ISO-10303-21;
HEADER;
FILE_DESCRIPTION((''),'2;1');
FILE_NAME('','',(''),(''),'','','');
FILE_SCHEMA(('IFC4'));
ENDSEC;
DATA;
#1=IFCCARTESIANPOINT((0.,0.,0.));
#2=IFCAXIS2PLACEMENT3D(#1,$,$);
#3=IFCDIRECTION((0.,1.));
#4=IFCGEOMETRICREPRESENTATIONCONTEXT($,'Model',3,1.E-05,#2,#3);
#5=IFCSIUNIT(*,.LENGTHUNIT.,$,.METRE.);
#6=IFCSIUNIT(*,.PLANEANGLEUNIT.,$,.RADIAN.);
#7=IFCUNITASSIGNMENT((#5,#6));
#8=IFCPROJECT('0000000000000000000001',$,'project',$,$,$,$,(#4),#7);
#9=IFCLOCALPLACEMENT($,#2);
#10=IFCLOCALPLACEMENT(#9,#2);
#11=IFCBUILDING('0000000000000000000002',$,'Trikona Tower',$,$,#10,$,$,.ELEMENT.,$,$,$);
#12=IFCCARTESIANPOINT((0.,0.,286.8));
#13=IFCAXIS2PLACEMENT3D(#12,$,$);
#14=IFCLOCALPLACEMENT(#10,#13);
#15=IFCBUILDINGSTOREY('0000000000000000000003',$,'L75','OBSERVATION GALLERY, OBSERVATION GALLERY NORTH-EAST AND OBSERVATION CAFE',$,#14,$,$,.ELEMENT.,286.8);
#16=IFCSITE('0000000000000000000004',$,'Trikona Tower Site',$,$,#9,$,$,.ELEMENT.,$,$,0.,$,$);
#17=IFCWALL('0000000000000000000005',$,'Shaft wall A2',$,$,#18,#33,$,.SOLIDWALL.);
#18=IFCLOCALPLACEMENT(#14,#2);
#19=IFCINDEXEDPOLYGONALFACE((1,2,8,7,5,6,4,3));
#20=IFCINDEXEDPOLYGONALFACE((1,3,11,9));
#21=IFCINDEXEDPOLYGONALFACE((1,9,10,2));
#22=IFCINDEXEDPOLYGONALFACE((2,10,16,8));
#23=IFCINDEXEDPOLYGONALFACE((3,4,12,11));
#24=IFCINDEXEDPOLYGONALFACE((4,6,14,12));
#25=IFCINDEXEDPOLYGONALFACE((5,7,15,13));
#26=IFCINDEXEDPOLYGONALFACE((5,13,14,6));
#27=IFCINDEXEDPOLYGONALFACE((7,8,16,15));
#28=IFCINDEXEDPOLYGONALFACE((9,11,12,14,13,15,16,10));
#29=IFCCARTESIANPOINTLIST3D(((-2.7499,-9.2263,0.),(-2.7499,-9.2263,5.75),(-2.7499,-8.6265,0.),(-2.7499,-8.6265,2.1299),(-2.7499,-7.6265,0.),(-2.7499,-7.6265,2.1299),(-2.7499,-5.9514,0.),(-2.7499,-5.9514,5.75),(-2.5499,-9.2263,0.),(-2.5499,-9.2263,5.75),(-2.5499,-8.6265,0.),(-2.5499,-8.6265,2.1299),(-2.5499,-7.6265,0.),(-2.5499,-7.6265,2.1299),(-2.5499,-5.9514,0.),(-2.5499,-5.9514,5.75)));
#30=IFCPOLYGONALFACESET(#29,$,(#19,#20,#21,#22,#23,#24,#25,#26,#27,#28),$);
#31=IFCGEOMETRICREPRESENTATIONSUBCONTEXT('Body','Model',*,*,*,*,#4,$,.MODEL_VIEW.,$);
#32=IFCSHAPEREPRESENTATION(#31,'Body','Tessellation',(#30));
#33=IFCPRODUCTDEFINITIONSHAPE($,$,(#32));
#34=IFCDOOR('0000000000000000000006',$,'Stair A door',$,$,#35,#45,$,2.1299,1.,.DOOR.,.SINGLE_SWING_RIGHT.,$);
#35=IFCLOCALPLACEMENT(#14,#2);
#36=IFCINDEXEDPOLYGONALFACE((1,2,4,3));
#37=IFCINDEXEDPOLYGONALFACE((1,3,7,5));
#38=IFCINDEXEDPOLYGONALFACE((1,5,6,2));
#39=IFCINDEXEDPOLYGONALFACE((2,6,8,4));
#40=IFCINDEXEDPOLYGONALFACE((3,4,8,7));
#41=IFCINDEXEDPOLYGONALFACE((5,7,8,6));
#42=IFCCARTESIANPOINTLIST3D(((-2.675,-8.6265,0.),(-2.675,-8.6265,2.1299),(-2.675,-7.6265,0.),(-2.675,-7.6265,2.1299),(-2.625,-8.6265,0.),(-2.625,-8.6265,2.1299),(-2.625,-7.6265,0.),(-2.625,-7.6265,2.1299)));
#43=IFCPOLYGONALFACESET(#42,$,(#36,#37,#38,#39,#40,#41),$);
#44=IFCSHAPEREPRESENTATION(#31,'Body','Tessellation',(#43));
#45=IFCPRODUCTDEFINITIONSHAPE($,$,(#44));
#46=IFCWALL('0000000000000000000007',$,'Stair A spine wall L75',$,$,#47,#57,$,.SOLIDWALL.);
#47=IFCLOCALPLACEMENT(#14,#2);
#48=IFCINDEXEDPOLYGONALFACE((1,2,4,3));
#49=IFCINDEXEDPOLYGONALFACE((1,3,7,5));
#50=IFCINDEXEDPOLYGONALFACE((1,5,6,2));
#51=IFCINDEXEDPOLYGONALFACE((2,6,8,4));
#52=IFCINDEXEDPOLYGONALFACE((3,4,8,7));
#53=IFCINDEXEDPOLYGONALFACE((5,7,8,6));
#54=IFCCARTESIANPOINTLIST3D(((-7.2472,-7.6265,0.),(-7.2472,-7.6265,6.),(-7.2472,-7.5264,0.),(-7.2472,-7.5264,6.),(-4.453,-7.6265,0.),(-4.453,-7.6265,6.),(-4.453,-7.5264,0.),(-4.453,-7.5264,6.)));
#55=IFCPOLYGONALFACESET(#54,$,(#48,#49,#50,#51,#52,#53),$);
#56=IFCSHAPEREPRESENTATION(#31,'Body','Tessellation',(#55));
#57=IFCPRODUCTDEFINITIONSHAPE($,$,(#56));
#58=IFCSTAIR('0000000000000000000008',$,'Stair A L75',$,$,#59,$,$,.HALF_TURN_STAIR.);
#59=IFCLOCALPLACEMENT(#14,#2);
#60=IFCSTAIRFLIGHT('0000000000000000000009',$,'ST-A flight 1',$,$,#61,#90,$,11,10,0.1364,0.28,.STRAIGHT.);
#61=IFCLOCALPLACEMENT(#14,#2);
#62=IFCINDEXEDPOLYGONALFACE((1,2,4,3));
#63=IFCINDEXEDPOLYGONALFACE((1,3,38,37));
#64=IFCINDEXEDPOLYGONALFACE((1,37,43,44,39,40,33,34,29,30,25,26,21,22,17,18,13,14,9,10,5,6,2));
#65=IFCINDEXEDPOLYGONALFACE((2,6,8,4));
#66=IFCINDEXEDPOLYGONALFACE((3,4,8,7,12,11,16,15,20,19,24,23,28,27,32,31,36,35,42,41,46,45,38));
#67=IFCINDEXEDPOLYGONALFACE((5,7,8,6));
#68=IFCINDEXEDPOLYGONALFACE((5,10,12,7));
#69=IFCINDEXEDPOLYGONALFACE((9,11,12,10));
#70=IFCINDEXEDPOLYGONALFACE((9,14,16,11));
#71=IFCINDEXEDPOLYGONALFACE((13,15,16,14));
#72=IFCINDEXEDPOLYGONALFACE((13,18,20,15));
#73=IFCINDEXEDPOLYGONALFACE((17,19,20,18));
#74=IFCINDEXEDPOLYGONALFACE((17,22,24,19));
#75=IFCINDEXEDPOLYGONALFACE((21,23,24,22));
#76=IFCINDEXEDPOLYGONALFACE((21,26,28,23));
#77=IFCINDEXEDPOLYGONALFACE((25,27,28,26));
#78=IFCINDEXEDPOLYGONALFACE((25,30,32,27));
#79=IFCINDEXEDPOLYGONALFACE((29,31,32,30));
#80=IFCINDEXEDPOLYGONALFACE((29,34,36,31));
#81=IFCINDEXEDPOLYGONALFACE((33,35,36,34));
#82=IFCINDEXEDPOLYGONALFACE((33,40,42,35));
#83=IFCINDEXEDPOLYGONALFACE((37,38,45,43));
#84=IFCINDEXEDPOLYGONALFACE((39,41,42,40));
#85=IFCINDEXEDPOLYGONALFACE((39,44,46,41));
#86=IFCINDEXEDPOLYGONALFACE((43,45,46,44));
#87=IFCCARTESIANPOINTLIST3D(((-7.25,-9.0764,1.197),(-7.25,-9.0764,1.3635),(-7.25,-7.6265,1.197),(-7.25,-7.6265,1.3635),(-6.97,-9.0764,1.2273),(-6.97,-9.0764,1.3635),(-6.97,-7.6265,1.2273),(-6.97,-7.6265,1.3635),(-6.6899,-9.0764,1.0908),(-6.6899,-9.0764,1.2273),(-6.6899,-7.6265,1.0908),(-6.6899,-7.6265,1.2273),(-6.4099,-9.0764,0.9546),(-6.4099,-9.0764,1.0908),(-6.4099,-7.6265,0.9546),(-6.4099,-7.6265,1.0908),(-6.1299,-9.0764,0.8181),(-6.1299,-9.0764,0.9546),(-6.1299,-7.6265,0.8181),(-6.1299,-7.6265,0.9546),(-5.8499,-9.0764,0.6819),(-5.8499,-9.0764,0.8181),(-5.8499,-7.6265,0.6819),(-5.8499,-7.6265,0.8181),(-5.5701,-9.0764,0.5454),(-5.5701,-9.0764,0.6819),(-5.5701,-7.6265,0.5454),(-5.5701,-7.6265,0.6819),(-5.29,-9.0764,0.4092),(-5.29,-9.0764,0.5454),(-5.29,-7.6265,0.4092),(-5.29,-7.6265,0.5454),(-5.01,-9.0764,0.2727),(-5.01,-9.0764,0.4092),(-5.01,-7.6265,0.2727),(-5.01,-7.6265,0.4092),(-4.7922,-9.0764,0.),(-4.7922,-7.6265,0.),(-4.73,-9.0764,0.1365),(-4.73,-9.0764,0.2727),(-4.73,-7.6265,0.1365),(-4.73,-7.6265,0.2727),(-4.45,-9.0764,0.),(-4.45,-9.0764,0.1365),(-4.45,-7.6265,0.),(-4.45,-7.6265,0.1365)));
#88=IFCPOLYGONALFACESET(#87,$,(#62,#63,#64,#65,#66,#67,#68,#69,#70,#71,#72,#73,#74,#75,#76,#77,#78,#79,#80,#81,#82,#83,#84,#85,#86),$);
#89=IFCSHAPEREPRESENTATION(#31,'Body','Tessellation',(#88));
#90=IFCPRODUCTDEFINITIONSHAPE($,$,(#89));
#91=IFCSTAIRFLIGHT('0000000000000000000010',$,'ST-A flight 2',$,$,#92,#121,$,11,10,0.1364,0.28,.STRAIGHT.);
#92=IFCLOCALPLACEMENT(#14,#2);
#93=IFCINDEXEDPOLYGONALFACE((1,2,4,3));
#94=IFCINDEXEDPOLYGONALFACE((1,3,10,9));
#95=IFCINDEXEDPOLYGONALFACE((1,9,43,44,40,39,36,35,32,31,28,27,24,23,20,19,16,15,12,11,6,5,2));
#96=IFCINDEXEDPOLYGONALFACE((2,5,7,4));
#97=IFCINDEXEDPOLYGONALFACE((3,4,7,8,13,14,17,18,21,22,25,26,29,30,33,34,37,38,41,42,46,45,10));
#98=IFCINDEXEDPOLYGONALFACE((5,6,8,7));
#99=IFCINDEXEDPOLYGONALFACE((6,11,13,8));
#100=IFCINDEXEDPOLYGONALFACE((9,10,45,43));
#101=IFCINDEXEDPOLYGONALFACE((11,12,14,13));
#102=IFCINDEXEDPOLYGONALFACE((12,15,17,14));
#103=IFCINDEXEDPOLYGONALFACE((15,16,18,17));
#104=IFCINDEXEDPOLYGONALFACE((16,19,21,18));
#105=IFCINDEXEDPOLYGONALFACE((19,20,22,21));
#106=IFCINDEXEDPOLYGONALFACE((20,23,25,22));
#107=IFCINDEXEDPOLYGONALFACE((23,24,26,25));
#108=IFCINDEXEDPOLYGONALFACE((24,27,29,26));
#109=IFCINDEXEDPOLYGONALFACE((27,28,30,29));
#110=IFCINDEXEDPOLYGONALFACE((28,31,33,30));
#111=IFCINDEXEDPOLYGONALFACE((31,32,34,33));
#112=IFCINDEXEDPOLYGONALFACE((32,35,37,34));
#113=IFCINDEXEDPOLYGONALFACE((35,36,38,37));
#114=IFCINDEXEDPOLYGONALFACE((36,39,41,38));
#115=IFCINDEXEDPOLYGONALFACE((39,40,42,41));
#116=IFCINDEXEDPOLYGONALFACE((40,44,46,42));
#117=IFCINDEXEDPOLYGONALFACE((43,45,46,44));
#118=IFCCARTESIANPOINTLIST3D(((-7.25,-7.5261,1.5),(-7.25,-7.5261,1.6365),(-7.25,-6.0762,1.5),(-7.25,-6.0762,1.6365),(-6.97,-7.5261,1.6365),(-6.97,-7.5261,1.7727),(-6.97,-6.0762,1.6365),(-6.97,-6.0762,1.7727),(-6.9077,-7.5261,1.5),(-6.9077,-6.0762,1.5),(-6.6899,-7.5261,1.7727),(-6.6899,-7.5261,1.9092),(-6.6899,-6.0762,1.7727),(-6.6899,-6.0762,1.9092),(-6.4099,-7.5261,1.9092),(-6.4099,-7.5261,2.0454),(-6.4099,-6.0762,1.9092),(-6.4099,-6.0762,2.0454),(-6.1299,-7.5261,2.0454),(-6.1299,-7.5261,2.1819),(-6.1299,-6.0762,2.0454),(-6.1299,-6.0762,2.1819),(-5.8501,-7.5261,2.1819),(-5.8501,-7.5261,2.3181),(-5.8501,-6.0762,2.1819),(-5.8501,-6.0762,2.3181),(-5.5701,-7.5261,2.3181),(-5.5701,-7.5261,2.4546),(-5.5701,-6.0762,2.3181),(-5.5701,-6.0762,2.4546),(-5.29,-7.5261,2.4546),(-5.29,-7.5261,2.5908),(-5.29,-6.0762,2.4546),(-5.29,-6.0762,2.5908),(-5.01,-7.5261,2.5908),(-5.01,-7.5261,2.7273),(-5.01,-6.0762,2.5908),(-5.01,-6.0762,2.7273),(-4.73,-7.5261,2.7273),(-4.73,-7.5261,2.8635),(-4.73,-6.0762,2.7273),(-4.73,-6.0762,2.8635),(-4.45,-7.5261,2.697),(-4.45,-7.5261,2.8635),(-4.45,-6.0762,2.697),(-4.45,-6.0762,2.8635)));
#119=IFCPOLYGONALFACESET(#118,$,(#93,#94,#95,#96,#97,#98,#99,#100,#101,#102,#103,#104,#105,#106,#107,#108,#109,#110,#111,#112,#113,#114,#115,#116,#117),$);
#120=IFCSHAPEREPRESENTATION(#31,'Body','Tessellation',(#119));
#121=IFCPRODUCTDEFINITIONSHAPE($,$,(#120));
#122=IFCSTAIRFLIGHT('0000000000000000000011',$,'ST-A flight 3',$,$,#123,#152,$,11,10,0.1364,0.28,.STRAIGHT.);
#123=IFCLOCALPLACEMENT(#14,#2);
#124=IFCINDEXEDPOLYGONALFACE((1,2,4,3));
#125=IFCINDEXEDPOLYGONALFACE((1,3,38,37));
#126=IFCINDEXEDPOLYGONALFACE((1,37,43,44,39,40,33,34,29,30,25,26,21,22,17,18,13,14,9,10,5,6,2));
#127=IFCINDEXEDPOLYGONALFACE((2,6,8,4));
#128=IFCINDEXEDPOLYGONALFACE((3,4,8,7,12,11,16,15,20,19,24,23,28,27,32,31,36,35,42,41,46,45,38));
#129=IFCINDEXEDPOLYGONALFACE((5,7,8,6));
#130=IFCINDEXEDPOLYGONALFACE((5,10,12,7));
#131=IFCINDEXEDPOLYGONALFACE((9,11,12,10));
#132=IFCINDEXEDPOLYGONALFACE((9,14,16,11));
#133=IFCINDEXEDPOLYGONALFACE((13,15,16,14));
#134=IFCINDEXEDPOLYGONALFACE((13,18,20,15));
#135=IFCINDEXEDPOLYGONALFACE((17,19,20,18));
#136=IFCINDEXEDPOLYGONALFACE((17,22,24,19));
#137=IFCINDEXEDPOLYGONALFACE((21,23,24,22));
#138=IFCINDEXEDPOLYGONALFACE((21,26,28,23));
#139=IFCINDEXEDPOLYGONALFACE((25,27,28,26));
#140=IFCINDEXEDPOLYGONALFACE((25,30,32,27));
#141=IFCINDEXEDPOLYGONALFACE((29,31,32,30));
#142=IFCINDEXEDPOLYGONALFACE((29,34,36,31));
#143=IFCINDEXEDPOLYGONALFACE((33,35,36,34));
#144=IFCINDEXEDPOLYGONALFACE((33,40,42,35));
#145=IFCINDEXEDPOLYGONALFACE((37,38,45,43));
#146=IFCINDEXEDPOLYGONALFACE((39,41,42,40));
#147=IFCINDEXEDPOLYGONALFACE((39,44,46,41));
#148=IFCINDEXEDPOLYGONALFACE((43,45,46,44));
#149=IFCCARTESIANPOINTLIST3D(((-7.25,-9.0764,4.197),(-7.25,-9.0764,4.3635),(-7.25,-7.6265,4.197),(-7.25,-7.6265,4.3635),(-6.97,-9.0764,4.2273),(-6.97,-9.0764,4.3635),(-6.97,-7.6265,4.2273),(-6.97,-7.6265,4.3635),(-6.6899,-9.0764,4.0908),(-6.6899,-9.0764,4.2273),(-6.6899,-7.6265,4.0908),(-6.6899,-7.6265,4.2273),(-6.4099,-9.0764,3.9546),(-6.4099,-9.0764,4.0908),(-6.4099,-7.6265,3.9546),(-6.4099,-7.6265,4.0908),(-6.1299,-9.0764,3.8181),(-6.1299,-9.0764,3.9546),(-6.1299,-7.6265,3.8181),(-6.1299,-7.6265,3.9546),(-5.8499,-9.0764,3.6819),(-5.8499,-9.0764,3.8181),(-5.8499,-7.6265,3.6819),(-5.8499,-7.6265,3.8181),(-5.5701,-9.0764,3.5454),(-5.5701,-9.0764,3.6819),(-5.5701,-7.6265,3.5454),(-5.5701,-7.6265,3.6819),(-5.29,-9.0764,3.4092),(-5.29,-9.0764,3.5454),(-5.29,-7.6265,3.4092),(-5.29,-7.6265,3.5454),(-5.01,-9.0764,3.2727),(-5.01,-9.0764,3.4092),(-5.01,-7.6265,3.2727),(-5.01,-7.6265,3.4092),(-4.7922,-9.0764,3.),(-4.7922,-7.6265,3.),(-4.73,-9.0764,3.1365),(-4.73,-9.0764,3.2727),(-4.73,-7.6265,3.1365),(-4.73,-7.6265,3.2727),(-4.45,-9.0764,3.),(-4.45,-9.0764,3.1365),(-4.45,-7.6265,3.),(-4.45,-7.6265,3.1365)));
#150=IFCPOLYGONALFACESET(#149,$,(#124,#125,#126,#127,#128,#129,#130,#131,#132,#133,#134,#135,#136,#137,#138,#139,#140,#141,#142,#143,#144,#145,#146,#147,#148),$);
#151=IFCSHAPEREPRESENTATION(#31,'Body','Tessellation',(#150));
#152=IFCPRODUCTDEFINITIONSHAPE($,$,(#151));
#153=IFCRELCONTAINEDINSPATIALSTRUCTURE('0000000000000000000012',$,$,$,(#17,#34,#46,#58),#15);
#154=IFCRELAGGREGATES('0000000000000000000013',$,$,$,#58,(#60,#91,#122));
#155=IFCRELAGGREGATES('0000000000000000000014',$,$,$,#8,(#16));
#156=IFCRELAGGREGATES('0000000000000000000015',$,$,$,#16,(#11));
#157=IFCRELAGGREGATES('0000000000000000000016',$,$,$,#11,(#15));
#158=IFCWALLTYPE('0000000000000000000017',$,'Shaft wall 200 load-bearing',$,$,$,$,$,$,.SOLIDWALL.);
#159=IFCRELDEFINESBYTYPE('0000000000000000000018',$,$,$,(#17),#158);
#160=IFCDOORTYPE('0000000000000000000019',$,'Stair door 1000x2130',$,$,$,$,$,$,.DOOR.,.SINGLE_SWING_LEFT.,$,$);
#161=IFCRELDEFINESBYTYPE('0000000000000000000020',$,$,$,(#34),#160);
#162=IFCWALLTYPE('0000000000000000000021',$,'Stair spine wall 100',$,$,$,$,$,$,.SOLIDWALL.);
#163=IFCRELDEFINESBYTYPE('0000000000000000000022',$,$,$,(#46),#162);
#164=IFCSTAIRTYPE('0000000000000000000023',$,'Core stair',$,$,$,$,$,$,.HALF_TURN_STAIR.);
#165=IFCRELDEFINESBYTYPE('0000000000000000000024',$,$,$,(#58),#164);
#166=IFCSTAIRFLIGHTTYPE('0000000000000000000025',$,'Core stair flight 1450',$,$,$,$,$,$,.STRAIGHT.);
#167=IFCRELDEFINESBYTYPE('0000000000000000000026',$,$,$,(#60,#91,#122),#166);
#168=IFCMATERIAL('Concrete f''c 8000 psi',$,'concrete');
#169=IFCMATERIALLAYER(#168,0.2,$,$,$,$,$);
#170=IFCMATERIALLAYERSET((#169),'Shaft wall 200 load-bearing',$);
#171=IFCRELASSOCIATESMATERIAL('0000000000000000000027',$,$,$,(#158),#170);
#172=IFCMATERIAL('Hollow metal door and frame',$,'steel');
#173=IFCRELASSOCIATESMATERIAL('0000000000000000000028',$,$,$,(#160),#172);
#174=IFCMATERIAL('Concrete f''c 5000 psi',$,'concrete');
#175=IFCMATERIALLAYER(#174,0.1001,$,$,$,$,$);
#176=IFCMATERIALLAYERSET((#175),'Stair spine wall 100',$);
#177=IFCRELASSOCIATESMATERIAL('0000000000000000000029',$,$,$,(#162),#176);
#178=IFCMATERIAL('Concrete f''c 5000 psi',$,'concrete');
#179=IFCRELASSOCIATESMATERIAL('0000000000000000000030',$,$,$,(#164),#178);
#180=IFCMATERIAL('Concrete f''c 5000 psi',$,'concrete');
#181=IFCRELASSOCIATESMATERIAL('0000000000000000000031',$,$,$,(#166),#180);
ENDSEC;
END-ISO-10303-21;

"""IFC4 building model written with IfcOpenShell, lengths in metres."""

from ifc_helpers import new_model, si_unit, direction, frame, frame_2d, origin, place, context, subcontext, project, spatial, polyline, rectangle, outline, extrude, material, layer, layer_set, type_object, element, fill, aggregate, save


model = new_model("IFC4")

# Units and contexts
model_context = context("Model", 3, precision=1e-05, world=origin(), true_north=direction((0.0, 1.0)))
body_context = subcontext(model_context, "Body", "Model", "MODEL_VIEW")
ifc_project = project(units=[si_unit("LENGTHUNIT", "METRE"), si_unit("PLANEANGLEUNIT", "RADIAN")], contexts=[model_context])

# Site, building, storey
site_placement = place(None, origin())
site = spatial("IfcSite", under=ifc_project, at=site_placement, Name="Trikona Tower Site", CompositionType="ELEMENT", RefElevation=0.0)
building_placement = place(site_placement, origin())
building = spatial("IfcBuilding", under=site, at=building_placement, Name="Trikona Tower", CompositionType="ELEMENT")
storey_placement = place(building_placement, frame((0.0, 0.0, 286.8)))
storey = spatial("IfcBuildingStorey", under=building, at=storey_placement, Name="L75", Description="OBSERVATION GALLERY, OBSERVATION GALLERY NORTH-EAST AND OBSERVATION CAFE", CompositionType="ELEMENT", Elevation=286.8)

# Shared definitions
ifc_material_1 = material(Name="Concrete f'c 8000 psi", Category="concrete")
ifc_layer_1 = layer(ifc_material_1, 0.2)
ifc_layer_set_1 = layer_set([ifc_layer_1], Name="Shaft wall 200 load-bearing")
wall_type_1 = type_object("IfcWallType", Name="Shaft wall 200 load-bearing", PredefinedType="SOLIDWALL", material=ifc_layer_set_1)

# Wall, opening, door
wall_1_placement = place(storey_placement, frame((-2.6499, -5.9514, 0.0), z_axis=(0.0, 0.0, 1.0), x_axis=(0.0, -1.0, 0.0)))
wall_1 = element("IfcWall", 1, at=wall_1_placement, inside=storey, type_object=wall_type_1, Name="Shaft wall A2", PredefinedType="SOLIDWALL", context=body_context, shape_type="SweptSolid", body=[
    extrude(rectangle(XDim=3.2749, YDim=0.2, at=frame_2d((1.6375, 0.0))), origin(), (0.0, 0.0, 1.0), 5.75),
])
opening_1_placement = place(wall_1_placement, frame((1.675, 0.0, 0.0)))
opening_1 = element("IfcOpeningElement", 2, at=opening_1_placement, cuts=wall_1, PredefinedType="OPENING", context=body_context, shape_type="SweptSolid", body=[
    extrude(rectangle(XDim=1.0, YDim=2.1299, at=frame_2d((0.5, 1.0649))), frame((0.0, 0.1099, 0.0), z_axis=(0.0, -1.0, 0.0), x_axis=(1.0, 0.0, 0.0)), (0.0, 0.0, 1.0), 0.22),
])
ifc_material_2 = material(Name="Hollow metal door and frame", Category="steel")
door_type_1 = type_object("IfcDoorType", Name="Stair door 1000x2130", OperationType="SINGLE_SWING_LEFT", PredefinedType="DOOR", material=ifc_material_2)
door_1_placement = place(opening_1_placement, origin())
door_1 = element("IfcDoor", 3, at=door_1_placement, inside=storey, type_object=door_type_1, Name="Stair A door", OperationType="SINGLE_SWING_RIGHT", OverallHeight=2.1299, OverallWidth=1.0, PredefinedType="DOOR", context=body_context, shape_type="SweptSolid", body=[
    extrude(rectangle(XDim=1.0, YDim=2.1299, at=frame_2d((0.5, 1.0649))), frame((0.0, 0.0249, 0.0), z_axis=(0.0, -1.0, 0.0), x_axis=(1.0, 0.0, 0.0)), (0.0, 0.0, 1.0), 0.05),
])
fill(opening_1, door_1)

# Wall
ifc_material_3 = material(Name="Concrete f'c 5000 psi", Category="concrete")
ifc_layer_2 = layer(ifc_material_3, 0.1001)
ifc_layer_set_2 = layer_set([ifc_layer_2], Name="Stair spine wall 100")
wall_type_2 = type_object("IfcWallType", Name="Stair spine wall 100", PredefinedType="SOLIDWALL", material=ifc_layer_set_2)
wall_2_placement = place(storey_placement, frame((-7.2471, -7.5764, 0.0), z_axis=(0.0, 0.0, 1.0), x_axis=(1.0, 0.0, 0.0)))
element("IfcWall", 4, at=wall_2_placement, inside=storey, type_object=wall_type_2, Name="Stair A spine wall L75", PredefinedType="SOLIDWALL", context=body_context, shape_type="SweptSolid", body=[
    extrude(rectangle(XDim=2.7942, YDim=0.1001, at=frame_2d((1.397, 0.0))), origin(), (0.0, 0.0, 1.0), 6.0),
])

# Stair, stair flights
ifc_material_4 = material(Name="Concrete f'c 5000 psi", Category="concrete")
stair_type = type_object("IfcStairType", Name="Core stair", PredefinedType="HALF_TURN_STAIR", material=ifc_material_4)
stair_placement = place(storey_placement, origin())
stair = element("IfcStair", 5, at=stair_placement, inside=storey, type_object=stair_type, Name="Stair A L75", PredefinedType="HALF_TURN_STAIR")
ifc_material_5 = material(Name="Concrete f'c 5000 psi", Category="concrete")
stair_flight_type = type_object("IfcStairFlightType", Name="Core stair flight 1450", PredefinedType="STRAIGHT", material=ifc_material_5)
stair_flight_1_placement = place(storey_placement, frame((-4.45, -8.3513, 0.0), z_axis=(0.0, 0.0, 1.0), x_axis=(-1.0, 0.0, 0.0)))
stair_flight_1 = element("IfcStairFlight", 6, at=stair_flight_1_placement, type_object=stair_flight_type, Name="ST-A flight 1", NumberOfRisers=11, NumberOfTreads=10, PredefinedType="STRAIGHT", RiserHeight=0.1364, TreadLength=0.28, context=body_context, shape_type="SweptSolid", body=[
    extrude(outline(polyline([(0.0, 0.0), (0.0, 0.1365), (0.28, 0.1365), (0.28, 0.2727), (0.5601, 0.2727), (0.5601, 0.4092), (0.8401, 0.4092), (0.8401, 0.5454), (1.1201, 0.5454), (1.1201, 0.6819), (1.3999, 0.6819), (1.3999, 0.8181), (1.6799, 0.8181), (1.6799, 0.9546), (1.96, 0.9546), (1.96, 1.0908), (2.24, 1.0908), (2.24, 1.2273), (2.52, 1.2273), (2.52, 1.3635), (2.8, 1.3635), (2.8, 1.5), (2.8, 1.197), (0.3423, 0.0), (0.0, 0.0)])), frame((0.0, 0.7251, 0.0), z_axis=(0.0, -1.0, 0.0), x_axis=(1.0, 0.0, 0.0)), (0.0, 0.0, 1.0), 1.45),
])
stair_flight_2_placement = place(storey_placement, frame((-7.25, -6.8013, 1.5), z_axis=(0.0, 0.0, 1.0), x_axis=(1.0, 0.0, 0.0)))
stair_flight_2 = element("IfcStairFlight", 7, at=stair_flight_2_placement, type_object=stair_flight_type, Name="ST-A flight 2", NumberOfRisers=11, NumberOfTreads=10, PredefinedType="STRAIGHT", RiserHeight=0.1364, TreadLength=0.28, context=body_context, shape_type="SweptSolid", body=[
    extrude(outline(polyline([(0.0, 0.0), (0.0, 0.1365), (0.28, 0.1365), (0.28, 0.2727), (0.5601, 0.2727), (0.5601, 0.4092), (0.8401, 0.4092), (0.8401, 0.5454), (1.1201, 0.5454), (1.1201, 0.6819), (1.3999, 0.6819), (1.3999, 0.8181), (1.6799, 0.8181), (1.6799, 0.9546), (1.96, 0.9546), (1.96, 1.0908), (2.24, 1.0908), (2.24, 1.2273), (2.52, 1.2273), (2.52, 1.3635), (2.8, 1.3635), (2.8, 1.5), (2.8, 1.197), (0.3423, 0.0), (0.0, 0.0)])), frame((0.0, 0.7251, 0.0), z_axis=(0.0, -1.0, 0.0), x_axis=(1.0, 0.0, 0.0)), (0.0, 0.0, 1.0), 1.45),
])
stair_flight_3_placement = place(storey_placement, frame((-4.45, -8.3513, 3.0), z_axis=(0.0, 0.0, 1.0), x_axis=(-1.0, 0.0, 0.0)))
stair_flight_3 = element("IfcStairFlight", 8, at=stair_flight_3_placement, type_object=stair_flight_type, Name="ST-A flight 3", NumberOfRisers=11, NumberOfTreads=10, PredefinedType="STRAIGHT", RiserHeight=0.1364, TreadLength=0.28, context=body_context, shape_type="SweptSolid", body=[
    extrude(outline(polyline([(0.0, 0.0), (0.0, 0.1365), (0.28, 0.1365), (0.28, 0.2727), (0.5601, 0.2727), (0.5601, 0.4092), (0.8401, 0.4092), (0.8401, 0.5454), (1.1201, 0.5454), (1.1201, 0.6819), (1.3999, 0.6819), (1.3999, 0.8181), (1.6799, 0.8181), (1.6799, 0.9546), (1.96, 0.9546), (1.96, 1.0908), (2.24, 1.0908), (2.24, 1.2273), (2.52, 1.2273), (2.52, 1.3635), (2.8, 1.3635), (2.8, 1.5), (2.8, 1.197), (0.3423, 0.0), (0.0, 0.0)])), frame((0.0, 0.7251, 0.0), z_axis=(0.0, -1.0, 0.0), x_axis=(1.0, 0.0, 0.0)), (0.0, 0.0, 1.0), 1.45),
])
aggregate(stair, [stair_flight_1, stair_flight_2, stair_flight_3])

save(model, "model.ifc")
